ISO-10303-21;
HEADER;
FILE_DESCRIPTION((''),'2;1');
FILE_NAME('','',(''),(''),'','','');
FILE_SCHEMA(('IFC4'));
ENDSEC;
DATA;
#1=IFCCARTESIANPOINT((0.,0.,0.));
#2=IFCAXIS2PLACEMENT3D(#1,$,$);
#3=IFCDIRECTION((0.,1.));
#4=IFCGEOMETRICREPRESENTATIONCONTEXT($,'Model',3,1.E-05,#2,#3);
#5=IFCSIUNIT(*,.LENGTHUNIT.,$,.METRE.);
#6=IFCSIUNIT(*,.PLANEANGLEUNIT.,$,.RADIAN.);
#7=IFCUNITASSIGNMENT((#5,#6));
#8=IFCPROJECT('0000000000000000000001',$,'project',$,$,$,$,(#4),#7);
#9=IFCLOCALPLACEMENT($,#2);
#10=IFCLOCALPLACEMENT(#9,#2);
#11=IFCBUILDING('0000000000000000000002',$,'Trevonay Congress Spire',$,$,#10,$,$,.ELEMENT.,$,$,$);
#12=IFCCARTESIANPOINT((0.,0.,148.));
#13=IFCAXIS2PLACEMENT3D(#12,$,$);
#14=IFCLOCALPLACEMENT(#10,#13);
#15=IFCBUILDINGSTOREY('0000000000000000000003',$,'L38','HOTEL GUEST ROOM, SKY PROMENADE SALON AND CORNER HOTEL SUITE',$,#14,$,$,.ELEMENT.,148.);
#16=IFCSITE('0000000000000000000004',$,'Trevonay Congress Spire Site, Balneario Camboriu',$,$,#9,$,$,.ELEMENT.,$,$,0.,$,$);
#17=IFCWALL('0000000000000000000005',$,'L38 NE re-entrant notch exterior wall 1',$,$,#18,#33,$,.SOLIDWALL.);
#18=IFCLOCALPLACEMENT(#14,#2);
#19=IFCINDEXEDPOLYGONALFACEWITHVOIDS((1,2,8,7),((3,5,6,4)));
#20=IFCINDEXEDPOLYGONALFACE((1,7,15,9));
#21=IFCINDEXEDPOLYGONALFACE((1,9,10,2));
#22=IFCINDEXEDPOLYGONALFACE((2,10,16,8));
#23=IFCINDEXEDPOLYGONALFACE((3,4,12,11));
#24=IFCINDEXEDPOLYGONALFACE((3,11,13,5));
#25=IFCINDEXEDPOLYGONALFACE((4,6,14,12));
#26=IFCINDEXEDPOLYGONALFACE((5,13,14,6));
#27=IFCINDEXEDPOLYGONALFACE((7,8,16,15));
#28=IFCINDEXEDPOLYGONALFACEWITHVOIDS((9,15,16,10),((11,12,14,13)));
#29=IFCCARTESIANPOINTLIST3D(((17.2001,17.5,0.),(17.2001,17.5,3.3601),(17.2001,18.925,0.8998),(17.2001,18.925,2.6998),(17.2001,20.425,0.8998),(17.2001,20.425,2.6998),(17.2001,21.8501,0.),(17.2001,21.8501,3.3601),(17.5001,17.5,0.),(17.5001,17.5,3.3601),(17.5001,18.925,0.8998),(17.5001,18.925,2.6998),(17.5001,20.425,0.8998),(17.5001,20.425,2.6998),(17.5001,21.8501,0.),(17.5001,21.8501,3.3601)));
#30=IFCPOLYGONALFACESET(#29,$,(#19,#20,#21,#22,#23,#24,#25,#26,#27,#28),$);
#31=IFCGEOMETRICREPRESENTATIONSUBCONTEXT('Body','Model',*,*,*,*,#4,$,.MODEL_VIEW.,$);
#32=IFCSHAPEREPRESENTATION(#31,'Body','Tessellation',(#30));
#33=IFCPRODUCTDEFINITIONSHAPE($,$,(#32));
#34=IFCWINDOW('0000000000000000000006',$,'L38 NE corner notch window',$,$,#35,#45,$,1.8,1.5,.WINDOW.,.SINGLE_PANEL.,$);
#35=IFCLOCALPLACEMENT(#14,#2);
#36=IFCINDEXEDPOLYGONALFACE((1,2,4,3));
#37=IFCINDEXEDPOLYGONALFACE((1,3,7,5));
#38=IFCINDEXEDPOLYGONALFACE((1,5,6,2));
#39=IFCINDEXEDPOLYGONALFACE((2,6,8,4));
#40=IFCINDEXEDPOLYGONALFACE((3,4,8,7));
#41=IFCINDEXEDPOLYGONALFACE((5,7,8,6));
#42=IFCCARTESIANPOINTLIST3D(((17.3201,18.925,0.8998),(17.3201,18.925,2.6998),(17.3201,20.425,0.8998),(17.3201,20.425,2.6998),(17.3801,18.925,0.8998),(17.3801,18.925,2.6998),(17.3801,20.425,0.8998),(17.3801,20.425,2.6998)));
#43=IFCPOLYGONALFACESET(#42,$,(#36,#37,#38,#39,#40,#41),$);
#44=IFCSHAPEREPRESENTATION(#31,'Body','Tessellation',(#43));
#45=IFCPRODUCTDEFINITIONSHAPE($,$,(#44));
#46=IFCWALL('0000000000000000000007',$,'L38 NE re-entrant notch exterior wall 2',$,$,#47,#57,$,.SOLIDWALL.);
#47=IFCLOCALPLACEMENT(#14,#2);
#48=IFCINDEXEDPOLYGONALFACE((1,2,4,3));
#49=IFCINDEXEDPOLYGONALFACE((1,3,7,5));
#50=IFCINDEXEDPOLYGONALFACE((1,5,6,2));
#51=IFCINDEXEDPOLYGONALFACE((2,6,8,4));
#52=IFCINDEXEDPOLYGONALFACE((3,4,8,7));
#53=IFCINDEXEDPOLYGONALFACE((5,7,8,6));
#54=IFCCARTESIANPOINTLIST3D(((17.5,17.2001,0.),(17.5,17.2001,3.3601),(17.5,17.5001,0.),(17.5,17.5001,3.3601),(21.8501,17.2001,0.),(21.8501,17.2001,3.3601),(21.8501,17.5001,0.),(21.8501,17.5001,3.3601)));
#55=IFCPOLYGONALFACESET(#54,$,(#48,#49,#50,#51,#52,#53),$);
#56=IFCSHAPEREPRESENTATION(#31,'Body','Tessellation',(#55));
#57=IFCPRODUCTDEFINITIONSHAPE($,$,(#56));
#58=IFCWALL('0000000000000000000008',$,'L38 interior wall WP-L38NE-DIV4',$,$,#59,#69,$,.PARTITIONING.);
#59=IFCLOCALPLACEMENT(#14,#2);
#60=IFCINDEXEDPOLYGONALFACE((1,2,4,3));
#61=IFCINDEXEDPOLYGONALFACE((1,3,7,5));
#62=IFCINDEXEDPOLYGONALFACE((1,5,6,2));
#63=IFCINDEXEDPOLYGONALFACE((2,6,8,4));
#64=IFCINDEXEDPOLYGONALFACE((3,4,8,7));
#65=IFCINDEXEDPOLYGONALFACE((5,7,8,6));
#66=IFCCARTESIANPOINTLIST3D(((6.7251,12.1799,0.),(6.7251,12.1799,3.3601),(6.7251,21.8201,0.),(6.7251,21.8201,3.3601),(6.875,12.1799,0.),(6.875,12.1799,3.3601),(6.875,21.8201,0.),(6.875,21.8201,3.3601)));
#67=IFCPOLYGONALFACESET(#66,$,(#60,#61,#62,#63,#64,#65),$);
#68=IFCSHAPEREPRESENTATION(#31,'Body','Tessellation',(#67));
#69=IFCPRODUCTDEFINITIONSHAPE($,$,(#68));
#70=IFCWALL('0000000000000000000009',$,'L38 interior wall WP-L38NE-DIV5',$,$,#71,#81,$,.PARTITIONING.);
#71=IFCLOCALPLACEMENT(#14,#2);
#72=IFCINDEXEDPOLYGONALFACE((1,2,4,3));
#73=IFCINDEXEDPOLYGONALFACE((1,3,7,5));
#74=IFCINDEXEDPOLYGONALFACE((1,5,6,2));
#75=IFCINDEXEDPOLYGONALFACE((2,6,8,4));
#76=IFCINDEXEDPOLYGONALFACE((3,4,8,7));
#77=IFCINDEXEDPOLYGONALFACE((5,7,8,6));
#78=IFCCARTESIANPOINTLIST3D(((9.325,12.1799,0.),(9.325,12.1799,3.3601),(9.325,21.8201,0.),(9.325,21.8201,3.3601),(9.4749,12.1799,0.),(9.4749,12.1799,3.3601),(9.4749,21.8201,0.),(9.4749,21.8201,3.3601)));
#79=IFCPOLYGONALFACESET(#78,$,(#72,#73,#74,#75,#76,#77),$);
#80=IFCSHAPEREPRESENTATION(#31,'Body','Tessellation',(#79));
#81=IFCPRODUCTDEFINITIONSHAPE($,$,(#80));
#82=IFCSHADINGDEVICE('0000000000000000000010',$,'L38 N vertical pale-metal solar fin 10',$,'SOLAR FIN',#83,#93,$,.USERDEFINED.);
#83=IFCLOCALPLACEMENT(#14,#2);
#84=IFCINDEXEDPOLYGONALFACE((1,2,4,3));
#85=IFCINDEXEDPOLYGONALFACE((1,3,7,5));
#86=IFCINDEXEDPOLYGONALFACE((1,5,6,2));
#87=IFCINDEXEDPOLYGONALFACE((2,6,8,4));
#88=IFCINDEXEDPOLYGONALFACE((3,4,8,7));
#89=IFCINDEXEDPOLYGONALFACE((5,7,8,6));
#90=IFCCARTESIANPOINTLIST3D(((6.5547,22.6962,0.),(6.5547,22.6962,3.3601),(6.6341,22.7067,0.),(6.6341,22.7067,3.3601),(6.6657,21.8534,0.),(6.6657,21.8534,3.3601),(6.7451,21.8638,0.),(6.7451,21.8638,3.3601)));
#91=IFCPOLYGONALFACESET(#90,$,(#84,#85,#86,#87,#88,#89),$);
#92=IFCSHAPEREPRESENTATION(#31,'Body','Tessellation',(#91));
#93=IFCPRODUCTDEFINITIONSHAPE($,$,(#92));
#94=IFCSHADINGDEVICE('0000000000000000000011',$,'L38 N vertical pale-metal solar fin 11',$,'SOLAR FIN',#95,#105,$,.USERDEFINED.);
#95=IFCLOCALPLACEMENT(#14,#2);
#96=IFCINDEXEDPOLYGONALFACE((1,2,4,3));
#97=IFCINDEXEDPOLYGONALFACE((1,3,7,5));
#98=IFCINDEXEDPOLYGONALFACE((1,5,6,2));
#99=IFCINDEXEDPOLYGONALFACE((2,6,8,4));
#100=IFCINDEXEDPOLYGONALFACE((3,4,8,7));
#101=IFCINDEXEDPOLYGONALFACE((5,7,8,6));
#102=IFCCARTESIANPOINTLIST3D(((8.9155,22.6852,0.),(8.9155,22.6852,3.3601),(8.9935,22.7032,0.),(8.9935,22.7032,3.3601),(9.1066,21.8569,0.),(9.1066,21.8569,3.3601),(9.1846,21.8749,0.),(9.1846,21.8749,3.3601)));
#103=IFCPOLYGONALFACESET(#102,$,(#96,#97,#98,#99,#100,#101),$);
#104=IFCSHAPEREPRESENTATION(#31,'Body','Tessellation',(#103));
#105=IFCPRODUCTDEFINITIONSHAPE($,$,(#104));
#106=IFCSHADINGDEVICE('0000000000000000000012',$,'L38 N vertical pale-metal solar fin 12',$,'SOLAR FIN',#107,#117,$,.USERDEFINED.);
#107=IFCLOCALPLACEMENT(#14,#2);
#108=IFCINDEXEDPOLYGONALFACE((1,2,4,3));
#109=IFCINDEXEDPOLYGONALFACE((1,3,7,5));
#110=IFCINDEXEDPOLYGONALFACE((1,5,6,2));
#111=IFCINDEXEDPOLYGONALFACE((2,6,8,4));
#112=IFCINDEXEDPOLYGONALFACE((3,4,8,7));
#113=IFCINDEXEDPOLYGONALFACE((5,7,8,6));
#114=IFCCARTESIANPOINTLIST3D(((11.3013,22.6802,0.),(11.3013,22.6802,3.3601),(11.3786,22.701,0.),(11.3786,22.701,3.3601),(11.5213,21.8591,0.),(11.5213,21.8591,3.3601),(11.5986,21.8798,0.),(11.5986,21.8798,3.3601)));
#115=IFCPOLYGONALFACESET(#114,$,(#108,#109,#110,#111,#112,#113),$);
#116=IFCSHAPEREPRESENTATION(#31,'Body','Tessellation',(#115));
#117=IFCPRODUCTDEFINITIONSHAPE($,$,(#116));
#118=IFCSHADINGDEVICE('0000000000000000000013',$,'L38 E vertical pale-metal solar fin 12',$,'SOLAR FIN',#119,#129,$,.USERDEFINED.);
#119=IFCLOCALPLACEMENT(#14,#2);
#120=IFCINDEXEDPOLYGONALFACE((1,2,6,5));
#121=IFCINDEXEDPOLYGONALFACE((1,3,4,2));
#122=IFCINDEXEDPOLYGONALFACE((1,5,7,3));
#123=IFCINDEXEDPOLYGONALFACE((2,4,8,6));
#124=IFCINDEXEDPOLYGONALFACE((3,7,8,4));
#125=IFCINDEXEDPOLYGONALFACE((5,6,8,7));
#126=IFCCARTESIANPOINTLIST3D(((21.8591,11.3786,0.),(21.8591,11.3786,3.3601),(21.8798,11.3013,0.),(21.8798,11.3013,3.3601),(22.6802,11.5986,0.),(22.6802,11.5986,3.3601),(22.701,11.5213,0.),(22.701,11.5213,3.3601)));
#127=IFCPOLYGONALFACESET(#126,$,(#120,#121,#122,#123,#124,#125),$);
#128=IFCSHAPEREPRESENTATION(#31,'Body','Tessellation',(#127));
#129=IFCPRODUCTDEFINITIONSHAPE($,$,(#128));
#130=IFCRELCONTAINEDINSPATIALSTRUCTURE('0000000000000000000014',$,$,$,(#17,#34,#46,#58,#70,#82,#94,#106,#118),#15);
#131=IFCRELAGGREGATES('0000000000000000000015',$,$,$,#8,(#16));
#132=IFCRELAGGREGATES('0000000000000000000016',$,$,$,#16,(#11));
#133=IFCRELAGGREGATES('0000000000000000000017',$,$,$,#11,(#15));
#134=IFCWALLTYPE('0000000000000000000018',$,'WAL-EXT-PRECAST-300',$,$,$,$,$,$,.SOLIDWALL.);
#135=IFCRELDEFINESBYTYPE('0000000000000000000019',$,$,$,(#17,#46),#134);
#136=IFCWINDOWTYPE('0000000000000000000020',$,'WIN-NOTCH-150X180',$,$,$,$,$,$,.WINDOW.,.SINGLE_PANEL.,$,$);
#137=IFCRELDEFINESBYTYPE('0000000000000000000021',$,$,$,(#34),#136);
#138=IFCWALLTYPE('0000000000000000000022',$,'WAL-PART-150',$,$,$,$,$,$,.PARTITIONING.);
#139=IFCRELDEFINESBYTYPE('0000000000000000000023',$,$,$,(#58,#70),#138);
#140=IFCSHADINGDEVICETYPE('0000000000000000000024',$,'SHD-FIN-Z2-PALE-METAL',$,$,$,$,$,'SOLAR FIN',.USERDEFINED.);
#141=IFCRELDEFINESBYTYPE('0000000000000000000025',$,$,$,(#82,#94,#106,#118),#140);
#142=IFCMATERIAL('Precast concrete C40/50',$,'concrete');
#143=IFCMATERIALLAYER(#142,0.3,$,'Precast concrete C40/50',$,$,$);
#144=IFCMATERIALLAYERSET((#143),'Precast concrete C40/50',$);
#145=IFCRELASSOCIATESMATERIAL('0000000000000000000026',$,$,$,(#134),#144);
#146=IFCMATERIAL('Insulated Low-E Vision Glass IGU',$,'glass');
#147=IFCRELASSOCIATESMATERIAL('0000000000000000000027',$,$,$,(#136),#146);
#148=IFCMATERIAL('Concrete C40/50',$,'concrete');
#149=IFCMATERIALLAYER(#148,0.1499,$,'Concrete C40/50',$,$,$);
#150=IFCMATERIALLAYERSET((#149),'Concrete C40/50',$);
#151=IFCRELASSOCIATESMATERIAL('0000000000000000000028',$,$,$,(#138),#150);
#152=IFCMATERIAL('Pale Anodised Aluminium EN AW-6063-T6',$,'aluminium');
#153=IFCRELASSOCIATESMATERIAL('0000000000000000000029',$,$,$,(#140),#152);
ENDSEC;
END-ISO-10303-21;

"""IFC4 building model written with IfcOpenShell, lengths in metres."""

from ifc_helpers import new_model, si_unit, direction, frame, frame_2d, origin, origin_2d, place, context, subcontext, project, spatial, rectangle, extrude, material, layer, layer_set, type_object, element, fill, save


model = new_model("IFC4")

# Units and contexts
model_context = context("Model", 3, precision=1e-05, world=origin(), true_north=direction((0.0, 1.0)))
body_context = subcontext(model_context, "Body", "Model", "MODEL_VIEW")
ifc_project = project(units=[si_unit("LENGTHUNIT", "METRE"), si_unit("PLANEANGLEUNIT", "RADIAN")], contexts=[model_context])

# Site, building, storey
site_placement = place(None, origin())
site = spatial("IfcSite", under=ifc_project, at=site_placement, Name="Trevonay Congress Spire Site, Balneario Camboriu", CompositionType="ELEMENT", RefElevation=0.0)
building_placement = place(site_placement, origin())
building = spatial("IfcBuilding", under=site, at=building_placement, Name="Trevonay Congress Spire", CompositionType="ELEMENT")
storey_placement = place(building_placement, frame((0.0, 0.0, 148.0)))
storey = spatial("IfcBuildingStorey", under=building, at=storey_placement, Name="L38", Description="HOTEL GUEST ROOM, SKY PROMENADE SALON AND CORNER HOTEL SUITE", CompositionType="ELEMENT", Elevation=148.0)

# Shared definitions
ifc_material_1 = material(Name="Pale Anodised Aluminium EN AW-6063-T6", Category="aluminium")

# Shared definitions
ifc_material_2 = material(Name="Insulated Low-E Vision Glass IGU", Category="glass")

# Wall, opening, window
ifc_material_3 = material(Name="Precast concrete C40/50", Category="concrete")
ifc_layer_1 = layer(ifc_material_3, 0.3, Name="Precast concrete C40/50")
ifc_layer_set_1 = layer_set([ifc_layer_1], Name="Precast concrete C40/50")
wall_type_1 = type_object("IfcWallType", Name="WAL-EXT-PRECAST-300", PredefinedType="SOLIDWALL", material=ifc_layer_set_1)
wall_1_placement = place(storey_placement, frame((17.3501, 21.8501, 0.0), z_axis=(0.0, 0.0, 1.0), x_axis=(0.0, -1.0, 0.0)))
wall_1 = element("IfcWall", 1, at=wall_1_placement, inside=storey, type_object=wall_type_1, Name="L38 NE re-entrant notch exterior wall 1", PredefinedType="SOLIDWALL", context=body_context, shape_type="SweptSolid", body=[
    extrude(rectangle(XDim=4.3501, YDim=0.3, at=frame_2d((2.175, 0.0))), origin(), (0.0, 0.0, 1.0), 3.3601),
])
opening_placement = place(wall_1_placement, frame((1.425, 0.0, 0.8999)))
opening = element("IfcOpeningElement", 2, at=opening_placement, cuts=wall_1, PredefinedType="OPENING", context=body_context, shape_type="SweptSolid", body=[
    extrude(rectangle(XDim=1.5, YDim=1.8, at=frame_2d((0.75, 0.8999))), frame((0.0, 0.1602, 0.0), z_axis=(0.0, -1.0, 0.0), x_axis=(1.0, 0.0, 0.0)), (0.0, 0.0, 1.0), 0.3201),
])
window_type = type_object("IfcWindowType", Name="WIN-NOTCH-150X180", PartitioningType="SINGLE_PANEL", PredefinedType="WINDOW", material=ifc_material_2)
window_placement = place(opening_placement, origin())
window = element("IfcWindow", 3, at=window_placement, inside=storey, type_object=window_type, Name="L38 NE corner notch window", OverallHeight=1.8, OverallWidth=1.5, PartitioningType="SINGLE_PANEL", PredefinedType="WINDOW", context=body_context, shape_type="SweptSolid", body=[
    extrude(rectangle(XDim=1.5, YDim=1.8, at=frame_2d((0.75, 0.8999))), frame((0.0, 0.03, 0.0), z_axis=(0.0, -1.0, 0.0), x_axis=(1.0, 0.0, 0.0)), (0.0, 0.0, 1.0), 0.0601),
])
fill(opening, window)

# Walls
wall_2_placement = place(storey_placement, frame((21.8501, 17.3501, 0.0), z_axis=(0.0, 0.0, 1.0), x_axis=(-1.0, 0.0, 0.0)))
element("IfcWall", 4, at=wall_2_placement, inside=storey, type_object=wall_type_1, Name="L38 NE re-entrant notch exterior wall 2", PredefinedType="SOLIDWALL", context=body_context, shape_type="SweptSolid", body=[
    extrude(rectangle(XDim=4.3501, YDim=0.3, at=frame_2d((2.175, 0.0))), origin(), (0.0, 0.0, 1.0), 3.3601),
])
ifc_material_4 = material(Name="Concrete C40/50", Category="concrete")
ifc_layer_2 = layer(ifc_material_4, 0.1499, Name="Concrete C40/50")
ifc_layer_set_2 = layer_set([ifc_layer_2], Name="Concrete C40/50")
wall_type_2 = type_object("IfcWallType", Name="WAL-PART-150", PredefinedType="PARTITIONING", material=ifc_layer_set_2)
for number, where, z_axis, x_axis, name in (
    (5, (6.8, 12.1799, 0.0), (0.0, 0.0, 1.0), (0.0, 1.0, 0.0), "L38 interior wall WP-L38NE-DIV4"),
    (6, (9.3999, 12.1799, 0.0), (0.0, 0.0, 1.0), (0.0, 1.0, 0.0), "L38 interior wall WP-L38NE-DIV5"),
):
    element("IfcWall", number, at=place(storey_placement, frame(where, z_axis=z_axis, x_axis=x_axis)), inside=storey, type_object=wall_type_2, Name=name, PredefinedType="PARTITIONING", context=body_context, shape_type="SweptSolid", body=[
        extrude(rectangle(XDim=9.6401, YDim=0.1499, at=frame_2d((4.8201, 0.0))), origin(), (0.0, 0.0, 1.0), 3.3601),
    ])

# Shading devices
shading_device_type = type_object("IfcShadingDeviceType", Name="SHD-FIN-Z2-PALE-METAL", ElementType="SOLAR FIN", PredefinedType="USERDEFINED", material=ifc_material_1)
for number, where, z_axis, x_axis, name in (
    (7, (6.6499, 22.28, 0.0), (0.0, 0.0, 1.0), (0.991445, 0.130526, 0.0), "L38 N vertical pale-metal solar fin 10"),
    (8, (9.05, 22.28, 0.0), (0.0, 0.0, 1.0), (0.974409, 0.224781, 0.0), "L38 N vertical pale-metal solar fin 11"),
    (9, (11.45, 22.28, 0.0), (0.0, 0.0, 1.0), (0.965926, 0.258819, 0.0), "L38 N vertical pale-metal solar fin 12"),
    (10, (22.28, 11.45, 0.0), (0.0, 0.0, 1.0), (-0.258819, 0.965926, 0.0), "L38 E vertical pale-metal solar fin 12"),
):
    element("IfcShadingDevice", number, at=place(storey_placement, frame(where, z_axis=z_axis, x_axis=x_axis)), inside=storey, type_object=shading_device_type, Name=name, ObjectType="SOLAR FIN", PredefinedType="USERDEFINED", context=body_context, shape_type="SweptSolid", body=[
        extrude(rectangle(XDim=0.0801, YDim=0.8501, at=origin_2d()), origin(), (0.0, 0.0, 1.0), 3.3601),
    ])

save(model, "model.ifc")
